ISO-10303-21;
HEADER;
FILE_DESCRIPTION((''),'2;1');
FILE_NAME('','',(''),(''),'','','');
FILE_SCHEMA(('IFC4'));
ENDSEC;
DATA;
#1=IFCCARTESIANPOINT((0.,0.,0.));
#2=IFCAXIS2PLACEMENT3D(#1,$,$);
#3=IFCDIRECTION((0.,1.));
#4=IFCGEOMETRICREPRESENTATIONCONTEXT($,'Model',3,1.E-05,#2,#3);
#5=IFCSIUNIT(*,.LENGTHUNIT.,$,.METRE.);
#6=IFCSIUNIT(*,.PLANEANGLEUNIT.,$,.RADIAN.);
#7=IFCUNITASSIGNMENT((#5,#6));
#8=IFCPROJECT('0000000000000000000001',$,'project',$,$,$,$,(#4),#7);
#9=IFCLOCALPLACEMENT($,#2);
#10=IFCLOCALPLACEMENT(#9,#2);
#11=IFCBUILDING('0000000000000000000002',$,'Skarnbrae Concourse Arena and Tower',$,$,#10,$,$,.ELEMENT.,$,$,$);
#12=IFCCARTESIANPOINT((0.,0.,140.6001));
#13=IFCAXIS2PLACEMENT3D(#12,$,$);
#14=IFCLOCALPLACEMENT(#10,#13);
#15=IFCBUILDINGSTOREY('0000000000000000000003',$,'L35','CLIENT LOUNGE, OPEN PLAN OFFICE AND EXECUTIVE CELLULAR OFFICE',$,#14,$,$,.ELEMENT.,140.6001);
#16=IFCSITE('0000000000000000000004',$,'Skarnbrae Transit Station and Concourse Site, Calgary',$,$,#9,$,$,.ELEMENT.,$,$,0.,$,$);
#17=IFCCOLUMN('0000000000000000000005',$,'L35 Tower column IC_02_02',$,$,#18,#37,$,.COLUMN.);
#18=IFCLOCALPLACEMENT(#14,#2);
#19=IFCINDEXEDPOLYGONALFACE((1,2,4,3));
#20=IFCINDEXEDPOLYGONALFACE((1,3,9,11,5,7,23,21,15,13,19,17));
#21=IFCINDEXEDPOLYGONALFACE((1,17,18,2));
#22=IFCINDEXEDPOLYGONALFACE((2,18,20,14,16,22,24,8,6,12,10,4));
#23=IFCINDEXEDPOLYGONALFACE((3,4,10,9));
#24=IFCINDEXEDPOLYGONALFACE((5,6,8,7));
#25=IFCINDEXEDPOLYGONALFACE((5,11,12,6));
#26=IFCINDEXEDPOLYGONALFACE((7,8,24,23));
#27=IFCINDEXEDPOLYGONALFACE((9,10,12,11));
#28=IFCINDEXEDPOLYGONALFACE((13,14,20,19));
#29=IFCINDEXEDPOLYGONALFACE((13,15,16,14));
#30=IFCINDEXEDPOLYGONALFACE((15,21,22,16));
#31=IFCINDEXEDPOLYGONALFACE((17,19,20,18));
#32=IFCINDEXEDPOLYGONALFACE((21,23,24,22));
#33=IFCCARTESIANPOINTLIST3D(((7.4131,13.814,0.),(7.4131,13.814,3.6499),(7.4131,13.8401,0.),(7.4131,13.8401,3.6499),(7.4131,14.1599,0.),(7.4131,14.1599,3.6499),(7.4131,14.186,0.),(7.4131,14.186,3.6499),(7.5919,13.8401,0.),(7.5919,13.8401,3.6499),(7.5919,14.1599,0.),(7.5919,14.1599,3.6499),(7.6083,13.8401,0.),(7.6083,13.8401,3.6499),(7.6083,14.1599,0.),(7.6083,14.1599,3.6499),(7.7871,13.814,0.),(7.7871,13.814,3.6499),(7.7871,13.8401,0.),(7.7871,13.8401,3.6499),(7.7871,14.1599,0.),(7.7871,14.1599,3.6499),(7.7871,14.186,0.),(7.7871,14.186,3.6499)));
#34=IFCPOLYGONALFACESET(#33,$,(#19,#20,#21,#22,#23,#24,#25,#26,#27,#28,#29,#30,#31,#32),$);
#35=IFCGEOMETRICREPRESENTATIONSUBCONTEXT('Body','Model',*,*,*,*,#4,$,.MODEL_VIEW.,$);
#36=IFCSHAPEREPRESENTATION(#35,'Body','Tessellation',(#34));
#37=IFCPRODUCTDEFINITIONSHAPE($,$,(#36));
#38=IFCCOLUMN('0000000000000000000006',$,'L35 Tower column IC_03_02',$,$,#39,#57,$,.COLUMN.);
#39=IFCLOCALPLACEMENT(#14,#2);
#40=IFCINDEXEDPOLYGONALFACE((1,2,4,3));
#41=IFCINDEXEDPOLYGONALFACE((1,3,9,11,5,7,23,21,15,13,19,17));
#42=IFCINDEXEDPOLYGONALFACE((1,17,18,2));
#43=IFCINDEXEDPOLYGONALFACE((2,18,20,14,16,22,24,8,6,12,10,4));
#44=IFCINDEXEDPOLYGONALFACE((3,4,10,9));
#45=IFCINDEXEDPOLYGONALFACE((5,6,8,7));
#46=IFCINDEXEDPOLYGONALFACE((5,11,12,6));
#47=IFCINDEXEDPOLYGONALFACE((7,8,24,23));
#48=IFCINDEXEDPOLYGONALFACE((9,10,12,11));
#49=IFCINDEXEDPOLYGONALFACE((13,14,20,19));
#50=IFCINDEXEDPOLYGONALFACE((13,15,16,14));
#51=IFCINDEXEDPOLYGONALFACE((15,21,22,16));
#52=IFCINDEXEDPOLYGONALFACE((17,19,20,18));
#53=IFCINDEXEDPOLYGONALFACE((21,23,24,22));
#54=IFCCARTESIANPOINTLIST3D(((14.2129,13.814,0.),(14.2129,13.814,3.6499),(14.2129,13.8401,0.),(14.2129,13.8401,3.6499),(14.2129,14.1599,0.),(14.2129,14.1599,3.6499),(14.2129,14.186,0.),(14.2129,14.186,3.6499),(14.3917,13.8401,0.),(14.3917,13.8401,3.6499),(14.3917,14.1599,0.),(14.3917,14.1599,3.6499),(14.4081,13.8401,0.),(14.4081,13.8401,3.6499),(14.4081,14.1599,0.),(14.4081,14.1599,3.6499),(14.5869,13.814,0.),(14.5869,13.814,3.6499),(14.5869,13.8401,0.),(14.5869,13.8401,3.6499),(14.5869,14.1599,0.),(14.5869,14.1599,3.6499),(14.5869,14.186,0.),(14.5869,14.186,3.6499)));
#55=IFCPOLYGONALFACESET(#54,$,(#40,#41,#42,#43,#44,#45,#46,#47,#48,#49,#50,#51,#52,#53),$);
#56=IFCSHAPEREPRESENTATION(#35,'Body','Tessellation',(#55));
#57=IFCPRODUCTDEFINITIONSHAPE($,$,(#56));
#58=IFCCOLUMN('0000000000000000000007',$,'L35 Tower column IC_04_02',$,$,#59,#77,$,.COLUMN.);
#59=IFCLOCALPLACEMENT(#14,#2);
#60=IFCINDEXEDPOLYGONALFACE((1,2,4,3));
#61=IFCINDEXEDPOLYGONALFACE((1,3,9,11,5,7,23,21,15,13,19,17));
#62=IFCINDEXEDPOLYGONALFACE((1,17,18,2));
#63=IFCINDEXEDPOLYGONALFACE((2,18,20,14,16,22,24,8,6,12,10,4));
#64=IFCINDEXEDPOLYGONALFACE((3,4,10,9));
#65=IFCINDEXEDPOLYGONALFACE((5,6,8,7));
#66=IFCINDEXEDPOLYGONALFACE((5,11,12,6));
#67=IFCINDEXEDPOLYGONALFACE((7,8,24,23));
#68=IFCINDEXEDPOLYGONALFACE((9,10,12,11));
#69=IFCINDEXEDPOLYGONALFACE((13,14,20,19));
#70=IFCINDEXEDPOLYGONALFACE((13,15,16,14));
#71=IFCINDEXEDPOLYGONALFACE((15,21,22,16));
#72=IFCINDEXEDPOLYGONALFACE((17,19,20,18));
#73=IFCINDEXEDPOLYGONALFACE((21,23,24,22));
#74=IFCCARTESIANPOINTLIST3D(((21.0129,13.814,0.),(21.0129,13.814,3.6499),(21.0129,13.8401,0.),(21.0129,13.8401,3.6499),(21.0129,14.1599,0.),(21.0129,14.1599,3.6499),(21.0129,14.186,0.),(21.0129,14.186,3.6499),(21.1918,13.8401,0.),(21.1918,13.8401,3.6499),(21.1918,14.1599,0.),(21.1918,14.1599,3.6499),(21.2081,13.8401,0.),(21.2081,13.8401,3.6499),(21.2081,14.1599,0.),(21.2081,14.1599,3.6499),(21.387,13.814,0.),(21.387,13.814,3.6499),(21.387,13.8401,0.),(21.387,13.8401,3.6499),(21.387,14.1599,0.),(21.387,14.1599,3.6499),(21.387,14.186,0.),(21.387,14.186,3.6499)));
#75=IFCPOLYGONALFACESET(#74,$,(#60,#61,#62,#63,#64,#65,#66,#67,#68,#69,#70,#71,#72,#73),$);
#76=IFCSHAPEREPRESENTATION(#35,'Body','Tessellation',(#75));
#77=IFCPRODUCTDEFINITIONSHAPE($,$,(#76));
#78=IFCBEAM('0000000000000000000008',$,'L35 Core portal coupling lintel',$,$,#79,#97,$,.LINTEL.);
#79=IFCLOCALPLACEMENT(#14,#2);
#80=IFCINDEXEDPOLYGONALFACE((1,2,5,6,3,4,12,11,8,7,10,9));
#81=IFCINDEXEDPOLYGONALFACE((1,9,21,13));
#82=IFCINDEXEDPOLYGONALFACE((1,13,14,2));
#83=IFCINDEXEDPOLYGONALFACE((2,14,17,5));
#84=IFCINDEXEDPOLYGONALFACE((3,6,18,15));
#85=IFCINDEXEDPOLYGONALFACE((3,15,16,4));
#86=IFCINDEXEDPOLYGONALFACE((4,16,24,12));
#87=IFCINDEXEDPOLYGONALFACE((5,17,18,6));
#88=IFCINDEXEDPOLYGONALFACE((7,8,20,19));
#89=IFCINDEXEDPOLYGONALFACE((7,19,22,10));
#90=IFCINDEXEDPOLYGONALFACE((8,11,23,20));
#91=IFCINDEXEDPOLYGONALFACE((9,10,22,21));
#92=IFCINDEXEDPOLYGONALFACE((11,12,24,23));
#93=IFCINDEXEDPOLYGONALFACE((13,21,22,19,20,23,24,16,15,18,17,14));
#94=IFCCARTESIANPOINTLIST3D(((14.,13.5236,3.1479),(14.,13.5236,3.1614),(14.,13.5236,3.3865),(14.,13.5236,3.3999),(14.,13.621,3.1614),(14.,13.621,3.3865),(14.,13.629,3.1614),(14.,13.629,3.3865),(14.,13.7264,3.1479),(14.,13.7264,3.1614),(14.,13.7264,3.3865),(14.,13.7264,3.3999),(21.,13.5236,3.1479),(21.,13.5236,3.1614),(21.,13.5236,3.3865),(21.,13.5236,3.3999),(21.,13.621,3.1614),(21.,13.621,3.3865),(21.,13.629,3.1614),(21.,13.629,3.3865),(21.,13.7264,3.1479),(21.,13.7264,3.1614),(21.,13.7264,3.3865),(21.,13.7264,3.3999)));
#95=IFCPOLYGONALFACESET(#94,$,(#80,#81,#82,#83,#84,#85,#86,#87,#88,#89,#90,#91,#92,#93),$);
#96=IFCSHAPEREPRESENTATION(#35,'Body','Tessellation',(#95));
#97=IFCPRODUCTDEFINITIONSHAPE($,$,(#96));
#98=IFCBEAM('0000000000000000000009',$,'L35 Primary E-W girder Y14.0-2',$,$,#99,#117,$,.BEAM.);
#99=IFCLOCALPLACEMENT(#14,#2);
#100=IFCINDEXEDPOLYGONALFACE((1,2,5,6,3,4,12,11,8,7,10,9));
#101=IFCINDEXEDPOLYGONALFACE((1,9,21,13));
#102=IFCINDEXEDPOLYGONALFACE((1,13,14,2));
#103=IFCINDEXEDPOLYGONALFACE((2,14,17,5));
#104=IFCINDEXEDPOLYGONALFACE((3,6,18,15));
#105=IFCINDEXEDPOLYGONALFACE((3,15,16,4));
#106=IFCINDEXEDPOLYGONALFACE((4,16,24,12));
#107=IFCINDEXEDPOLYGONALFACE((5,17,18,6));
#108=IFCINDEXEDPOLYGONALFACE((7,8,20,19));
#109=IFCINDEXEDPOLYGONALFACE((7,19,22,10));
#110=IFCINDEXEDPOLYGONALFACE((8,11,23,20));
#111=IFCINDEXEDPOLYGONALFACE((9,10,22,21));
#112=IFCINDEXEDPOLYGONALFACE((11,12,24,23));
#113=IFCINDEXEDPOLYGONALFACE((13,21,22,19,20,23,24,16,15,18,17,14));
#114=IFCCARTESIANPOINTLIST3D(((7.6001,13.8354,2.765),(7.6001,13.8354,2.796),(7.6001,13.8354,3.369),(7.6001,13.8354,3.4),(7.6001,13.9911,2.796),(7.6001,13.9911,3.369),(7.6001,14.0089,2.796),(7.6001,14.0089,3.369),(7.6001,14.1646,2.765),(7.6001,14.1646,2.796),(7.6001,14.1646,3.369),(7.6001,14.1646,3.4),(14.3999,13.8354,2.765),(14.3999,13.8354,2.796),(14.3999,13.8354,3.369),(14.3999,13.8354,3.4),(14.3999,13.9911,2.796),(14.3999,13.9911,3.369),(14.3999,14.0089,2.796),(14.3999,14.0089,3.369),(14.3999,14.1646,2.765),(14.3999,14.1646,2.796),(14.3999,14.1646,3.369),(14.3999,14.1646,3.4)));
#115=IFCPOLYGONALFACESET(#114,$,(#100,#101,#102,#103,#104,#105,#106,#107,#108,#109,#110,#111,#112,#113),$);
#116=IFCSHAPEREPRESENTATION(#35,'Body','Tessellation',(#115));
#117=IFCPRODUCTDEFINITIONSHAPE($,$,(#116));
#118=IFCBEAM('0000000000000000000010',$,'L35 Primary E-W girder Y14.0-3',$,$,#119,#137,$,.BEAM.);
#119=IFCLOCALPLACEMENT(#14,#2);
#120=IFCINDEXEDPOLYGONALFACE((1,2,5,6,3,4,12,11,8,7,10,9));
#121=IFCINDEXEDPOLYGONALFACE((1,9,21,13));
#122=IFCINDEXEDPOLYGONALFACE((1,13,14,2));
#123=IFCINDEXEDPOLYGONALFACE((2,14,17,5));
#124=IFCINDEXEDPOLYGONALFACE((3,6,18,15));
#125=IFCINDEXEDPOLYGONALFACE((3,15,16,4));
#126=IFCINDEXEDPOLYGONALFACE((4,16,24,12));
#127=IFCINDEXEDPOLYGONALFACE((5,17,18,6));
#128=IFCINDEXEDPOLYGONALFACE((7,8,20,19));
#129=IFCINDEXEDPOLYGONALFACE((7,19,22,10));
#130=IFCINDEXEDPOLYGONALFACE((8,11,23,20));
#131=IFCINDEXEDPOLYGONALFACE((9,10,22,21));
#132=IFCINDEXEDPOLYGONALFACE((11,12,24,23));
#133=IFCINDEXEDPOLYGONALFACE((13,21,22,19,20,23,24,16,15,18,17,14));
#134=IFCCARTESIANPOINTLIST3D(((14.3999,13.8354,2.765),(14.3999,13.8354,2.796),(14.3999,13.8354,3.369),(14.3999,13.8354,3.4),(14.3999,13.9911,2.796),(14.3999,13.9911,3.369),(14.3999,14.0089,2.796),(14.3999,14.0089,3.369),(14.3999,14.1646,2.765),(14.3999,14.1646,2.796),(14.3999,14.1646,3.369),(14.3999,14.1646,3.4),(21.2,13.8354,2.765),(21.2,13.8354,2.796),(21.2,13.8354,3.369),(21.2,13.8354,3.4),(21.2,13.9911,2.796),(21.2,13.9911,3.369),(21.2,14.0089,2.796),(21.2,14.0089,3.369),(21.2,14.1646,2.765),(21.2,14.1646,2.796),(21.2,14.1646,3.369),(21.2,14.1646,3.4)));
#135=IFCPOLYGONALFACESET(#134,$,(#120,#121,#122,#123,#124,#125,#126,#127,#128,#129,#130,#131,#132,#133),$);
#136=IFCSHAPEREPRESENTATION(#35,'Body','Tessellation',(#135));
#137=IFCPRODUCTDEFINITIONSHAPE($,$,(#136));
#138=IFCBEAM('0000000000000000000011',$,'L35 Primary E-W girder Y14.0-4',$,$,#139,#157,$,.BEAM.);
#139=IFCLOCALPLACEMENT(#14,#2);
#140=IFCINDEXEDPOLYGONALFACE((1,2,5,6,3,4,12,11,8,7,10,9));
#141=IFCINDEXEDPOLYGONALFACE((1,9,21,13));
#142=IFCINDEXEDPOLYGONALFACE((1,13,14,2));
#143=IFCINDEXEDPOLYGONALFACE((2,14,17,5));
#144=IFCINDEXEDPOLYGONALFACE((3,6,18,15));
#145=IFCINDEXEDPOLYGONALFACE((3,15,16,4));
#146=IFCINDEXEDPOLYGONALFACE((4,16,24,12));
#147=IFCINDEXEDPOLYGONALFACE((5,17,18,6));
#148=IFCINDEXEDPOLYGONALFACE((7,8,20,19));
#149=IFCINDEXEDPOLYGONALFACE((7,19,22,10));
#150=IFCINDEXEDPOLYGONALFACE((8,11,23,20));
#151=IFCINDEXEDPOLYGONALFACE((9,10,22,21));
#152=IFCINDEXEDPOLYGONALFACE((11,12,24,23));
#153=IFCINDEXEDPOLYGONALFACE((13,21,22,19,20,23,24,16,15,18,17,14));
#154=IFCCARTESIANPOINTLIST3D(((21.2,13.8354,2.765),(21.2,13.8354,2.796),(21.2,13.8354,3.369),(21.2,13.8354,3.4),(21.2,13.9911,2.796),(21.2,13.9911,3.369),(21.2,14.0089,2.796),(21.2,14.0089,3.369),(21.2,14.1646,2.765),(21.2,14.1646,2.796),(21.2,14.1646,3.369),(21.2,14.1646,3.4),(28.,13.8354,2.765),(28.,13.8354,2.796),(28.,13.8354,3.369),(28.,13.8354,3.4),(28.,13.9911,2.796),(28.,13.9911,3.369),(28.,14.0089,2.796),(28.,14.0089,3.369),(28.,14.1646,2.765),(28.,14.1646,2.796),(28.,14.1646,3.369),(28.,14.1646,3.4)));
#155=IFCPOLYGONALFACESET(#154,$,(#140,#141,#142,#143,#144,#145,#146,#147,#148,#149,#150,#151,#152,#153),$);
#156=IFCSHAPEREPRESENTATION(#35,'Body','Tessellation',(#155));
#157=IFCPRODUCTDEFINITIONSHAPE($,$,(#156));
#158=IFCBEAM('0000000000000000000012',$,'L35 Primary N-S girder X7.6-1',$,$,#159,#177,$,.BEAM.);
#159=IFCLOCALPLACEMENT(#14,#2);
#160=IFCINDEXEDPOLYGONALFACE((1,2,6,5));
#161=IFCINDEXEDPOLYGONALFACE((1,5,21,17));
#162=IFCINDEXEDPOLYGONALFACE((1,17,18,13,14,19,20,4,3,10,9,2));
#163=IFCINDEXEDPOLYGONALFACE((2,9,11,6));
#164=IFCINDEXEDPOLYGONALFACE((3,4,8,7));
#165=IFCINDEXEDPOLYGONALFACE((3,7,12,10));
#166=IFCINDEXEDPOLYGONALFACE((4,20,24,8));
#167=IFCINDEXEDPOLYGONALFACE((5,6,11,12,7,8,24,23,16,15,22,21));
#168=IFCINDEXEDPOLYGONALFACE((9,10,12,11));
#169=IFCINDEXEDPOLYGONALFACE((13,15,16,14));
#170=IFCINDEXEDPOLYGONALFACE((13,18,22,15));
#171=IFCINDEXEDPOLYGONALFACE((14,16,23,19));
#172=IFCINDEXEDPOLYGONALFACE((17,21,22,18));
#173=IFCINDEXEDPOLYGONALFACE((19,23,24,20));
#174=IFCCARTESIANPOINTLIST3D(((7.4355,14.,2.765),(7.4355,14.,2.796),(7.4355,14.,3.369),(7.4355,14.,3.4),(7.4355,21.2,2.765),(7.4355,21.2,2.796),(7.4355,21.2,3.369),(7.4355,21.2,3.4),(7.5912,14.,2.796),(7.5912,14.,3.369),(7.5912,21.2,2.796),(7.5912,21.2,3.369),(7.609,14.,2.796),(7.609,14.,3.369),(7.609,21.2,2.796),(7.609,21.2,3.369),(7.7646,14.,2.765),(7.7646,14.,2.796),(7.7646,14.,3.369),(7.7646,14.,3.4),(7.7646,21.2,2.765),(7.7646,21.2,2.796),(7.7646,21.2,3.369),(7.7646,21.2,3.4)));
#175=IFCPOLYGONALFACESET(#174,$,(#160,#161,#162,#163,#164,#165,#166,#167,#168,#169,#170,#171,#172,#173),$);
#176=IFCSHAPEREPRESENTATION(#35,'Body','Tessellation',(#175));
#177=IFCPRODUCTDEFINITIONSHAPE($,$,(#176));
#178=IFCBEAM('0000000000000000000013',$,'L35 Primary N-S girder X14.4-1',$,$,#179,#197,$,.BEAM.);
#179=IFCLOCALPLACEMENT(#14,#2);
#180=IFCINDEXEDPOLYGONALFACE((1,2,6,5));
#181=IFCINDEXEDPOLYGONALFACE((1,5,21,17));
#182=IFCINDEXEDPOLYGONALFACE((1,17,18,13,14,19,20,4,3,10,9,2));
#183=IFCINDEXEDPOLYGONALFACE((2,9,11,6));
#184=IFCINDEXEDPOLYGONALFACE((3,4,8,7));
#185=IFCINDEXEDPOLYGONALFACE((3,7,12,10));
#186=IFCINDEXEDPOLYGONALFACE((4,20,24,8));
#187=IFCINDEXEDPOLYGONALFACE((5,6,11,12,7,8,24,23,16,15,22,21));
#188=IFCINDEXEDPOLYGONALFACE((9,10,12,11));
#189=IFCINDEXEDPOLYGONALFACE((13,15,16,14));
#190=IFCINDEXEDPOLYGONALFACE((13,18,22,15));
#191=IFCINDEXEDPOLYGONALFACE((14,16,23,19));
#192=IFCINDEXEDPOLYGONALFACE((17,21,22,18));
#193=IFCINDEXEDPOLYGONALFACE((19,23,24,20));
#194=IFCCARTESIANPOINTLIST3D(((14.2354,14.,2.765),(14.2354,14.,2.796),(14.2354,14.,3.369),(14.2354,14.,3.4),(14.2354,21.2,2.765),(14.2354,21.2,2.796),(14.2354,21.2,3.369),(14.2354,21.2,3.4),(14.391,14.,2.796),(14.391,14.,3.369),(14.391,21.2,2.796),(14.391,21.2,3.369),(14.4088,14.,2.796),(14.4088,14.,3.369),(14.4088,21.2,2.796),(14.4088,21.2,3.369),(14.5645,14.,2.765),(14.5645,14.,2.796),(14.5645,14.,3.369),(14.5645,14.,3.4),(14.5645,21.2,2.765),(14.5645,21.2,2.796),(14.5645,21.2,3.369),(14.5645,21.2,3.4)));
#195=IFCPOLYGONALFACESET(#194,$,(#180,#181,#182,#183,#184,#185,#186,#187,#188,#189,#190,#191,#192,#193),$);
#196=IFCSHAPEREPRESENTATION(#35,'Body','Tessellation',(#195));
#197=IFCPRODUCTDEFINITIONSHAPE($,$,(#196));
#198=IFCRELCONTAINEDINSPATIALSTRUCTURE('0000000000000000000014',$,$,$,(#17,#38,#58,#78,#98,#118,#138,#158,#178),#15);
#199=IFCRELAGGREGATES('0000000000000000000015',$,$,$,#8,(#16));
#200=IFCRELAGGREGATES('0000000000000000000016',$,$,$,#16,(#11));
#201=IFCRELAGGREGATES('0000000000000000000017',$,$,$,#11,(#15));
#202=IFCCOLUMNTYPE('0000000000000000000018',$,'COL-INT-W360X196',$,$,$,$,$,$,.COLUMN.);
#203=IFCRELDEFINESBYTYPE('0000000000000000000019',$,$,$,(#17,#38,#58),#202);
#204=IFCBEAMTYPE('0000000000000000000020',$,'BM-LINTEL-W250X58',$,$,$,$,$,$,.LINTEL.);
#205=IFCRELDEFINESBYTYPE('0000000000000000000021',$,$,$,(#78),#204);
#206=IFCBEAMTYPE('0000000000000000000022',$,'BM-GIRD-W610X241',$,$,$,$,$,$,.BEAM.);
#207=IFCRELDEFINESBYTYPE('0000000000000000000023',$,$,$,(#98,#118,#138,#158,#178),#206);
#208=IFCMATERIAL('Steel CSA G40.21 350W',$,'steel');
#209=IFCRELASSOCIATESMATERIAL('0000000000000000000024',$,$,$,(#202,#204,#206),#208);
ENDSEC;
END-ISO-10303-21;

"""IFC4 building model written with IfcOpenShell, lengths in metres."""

from ifc_helpers import new_model, si_unit, direction, frame, origin, origin_2d, place, context, subcontext, project, spatial, i_section, extrude, source, transform, mapped, material, material_profile, profile_set, type_object, element, save


model = new_model("IFC4")

# Units and contexts
model_context = context("Model", 3, precision=1e-05, world=origin(), true_north=direction((0.0, 1.0)))
body_context = subcontext(model_context, "Body", "Model", "MODEL_VIEW")
ifc_project = project(units=[si_unit("LENGTHUNIT", "METRE"), si_unit("PLANEANGLEUNIT", "RADIAN")], contexts=[model_context])

# Site, building, storey
site_placement = place(None, origin())
site = spatial("IfcSite", under=ifc_project, at=site_placement, Name="Skarnbrae Transit Station and Concourse Site, Calgary", CompositionType="ELEMENT", RefElevation=0.0)
building_placement = place(site_placement, origin())
building = spatial("IfcBuilding", under=site, at=building_placement, Name="Skarnbrae Concourse Arena and Tower", CompositionType="ELEMENT")
storey_placement = place(building_placement, frame((0.0, 0.0, 140.6001)))
storey = spatial("IfcBuildingStorey", under=building, at=storey_placement, Name="L35", Description="CLIENT LOUNGE, OPEN PLAN OFFICE AND EXECUTIVE CELLULAR OFFICE", CompositionType="ELEMENT", Elevation=140.6001)

# Columns
ifc_material_1 = material(Name="Steel CSA G40.21 350W", Category="steel")
ifc_material_profile_1 = material_profile(ifc_material_1, i_section(OverallWidth=0.374, OverallDepth=0.3721, WebThickness=0.0164, FlangeThickness=0.0261, at=origin_2d()), Name="W360X196")
ifc_profile_set_1 = profile_set([ifc_material_profile_1], Name="Steel CSA G40.21 350W")
column_type = type_object("IfcColumnType", Name="COL-INT-W360X196", PredefinedType="COLUMN", material=ifc_profile_set_1)
shared_shape_1 = source(origin(), body_context, "Body", "SweptSolid", [
    extrude(i_section(OverallWidth=0.374, OverallDepth=0.3721, WebThickness=0.0164, FlangeThickness=0.0261, at=origin_2d()), origin(), (0.0, 0.0, 1.0), 3.6499),
])
for number, where, z_axis, x_axis, name in (
    (1, (7.6001, 14.0, 0.0), (0.0, 0.0, 1.0), (1.0, 0.0, 0.0), "L35 Tower column IC_02_02"),
    (2, (14.3999, 14.0, 0.0), (0.0, 0.0, 1.0), (1.0, 0.0, 0.0), "L35 Tower column IC_03_02"),
    (3, (21.2, 14.0, 0.0), (0.0, 0.0, 1.0), (1.0, 0.0, 0.0), "L35 Tower column IC_04_02"),
):
    element("IfcColumn", number, at=place(storey_placement, frame(where, z_axis=z_axis, x_axis=x_axis)), inside=storey, type_object=column_type, Name=name, PredefinedType="COLUMN", context=body_context, shape_type="MappedRepresentation", body=[
        mapped(shared_shape_1, transform((0.0, 0.0, 0.0))),
    ])

# Beams
ifc_material_profile_2 = material_profile(ifc_material_1, i_section(OverallWidth=0.2029, OverallDepth=0.252, WebThickness=0.0081, FlangeThickness=0.0134, at=origin_2d()), Name="W250X58")
ifc_profile_set_2 = profile_set([ifc_material_profile_2], Name="Steel CSA G40.21 350W")
beam_type_1 = type_object("IfcBeamType", Name="BM-LINTEL-W250X58", PredefinedType="LINTEL", material=ifc_profile_set_2)
shared_shape_2 = source(origin(), body_context, "Body", "SweptSolid", [
    extrude(i_section(OverallWidth=0.2029, OverallDepth=0.252, WebThickness=0.0081, FlangeThickness=0.0134, at=origin_2d()), origin(), (0.0, 0.0, 1.0), 7.0),
])
beam_1_placement = place(storey_placement, frame((14.0, 13.625, 3.2739), z_axis=(1.0, 0.0, 0.0), x_axis=(0.0, 1.0, 0.0)))
element("IfcBeam", 4, at=beam_1_placement, inside=storey, type_object=beam_type_1, Name="L35 Core portal coupling lintel", PredefinedType="LINTEL", context=body_context, shape_type="MappedRepresentation", body=[
    mapped(shared_shape_2, transform((0.0, 0.0, 0.0))),
])
ifc_material_profile_3 = material_profile(ifc_material_1, i_section(OverallWidth=0.3291, OverallDepth=0.635, WebThickness=0.0178, FlangeThickness=0.031, at=origin_2d()), Name="W610X241")
ifc_profile_set_3 = profile_set([ifc_material_profile_3], Name="Steel CSA G40.21 350W")
beam_type_2 = type_object("IfcBeamType", Name="BM-GIRD-W610X241", PredefinedType="BEAM", material=ifc_profile_set_3)
shared_shape_3 = source(origin(), body_context, "Body", "SweptSolid", [
    extrude(i_section(OverallWidth=0.3291, OverallDepth=0.635, WebThickness=0.0178, FlangeThickness=0.031, at=origin_2d()), origin(), (0.0, 0.0, 1.0), 6.7998),
])
beam_2_placement = place(storey_placement, frame((7.6001, 14.0, 3.0825), z_axis=(1.0, 0.0, 0.0), x_axis=(0.0, 1.0, 0.0)))
element("IfcBeam", 5, at=beam_2_placement, inside=storey, type_object=beam_type_2, Name="L35 Primary E-W girder Y14.0-2", PredefinedType="BEAM", context=body_context, shape_type="MappedRepresentation", body=[
    mapped(shared_shape_3, transform((0.0, 0.0, 0.0))),
])
shared_shape_4 = source(origin(), body_context, "Body", "SweptSolid", [
    extrude(i_section(OverallWidth=0.3291, OverallDepth=0.635, WebThickness=0.0178, FlangeThickness=0.031, at=origin_2d()), origin(), (0.0, 0.0, 1.0), 6.8),
])
for number, where, z_axis, x_axis, name in (
    (6, (14.3999, 14.0, 3.0825), (1.0, 0.0, 0.0), (0.0, 1.0, 0.0), "L35 Primary E-W girder Y14.0-3"),
    (7, (21.2, 14.0, 3.0825), (1.0, 0.0, 0.0), (0.0, 1.0, 0.0), "L35 Primary E-W girder Y14.0-4"),
):
    element("IfcBeam", number, at=place(storey_placement, frame(where, z_axis=z_axis, x_axis=x_axis)), inside=storey, type_object=beam_type_2, Name=name, PredefinedType="BEAM", context=body_context, shape_type="MappedRepresentation", body=[
        mapped(shared_shape_4, transform((0.0, 0.0, 0.0))),
    ])
shared_shape_5 = source(origin(), body_context, "Body", "SweptSolid", [
    extrude(i_section(OverallWidth=0.3291, OverallDepth=0.635, WebThickness=0.0178, FlangeThickness=0.031, at=origin_2d()), origin(), (0.0, 0.0, 1.0), 7.2),
])
for number, where, z_axis, x_axis, name in (
    (8, (7.6001, 14.0, 3.0825), (0.0, 1.0, 0.0), (-1.0, 0.0, 0.0), "L35 Primary N-S girder X7.6-1"),
    (9, (14.3999, 14.0, 3.0825), (0.0, 1.0, 0.0), (-1.0, 0.0, 0.0), "L35 Primary N-S girder X14.4-1"),
):
    element("IfcBeam", number, at=place(storey_placement, frame(where, z_axis=z_axis, x_axis=x_axis)), inside=storey, type_object=beam_type_2, Name=name, PredefinedType="BEAM", context=body_context, shape_type="MappedRepresentation", body=[
        mapped(shared_shape_5, transform((0.0, 0.0, 0.0))),
    ])

save(model, "model.ifc")
